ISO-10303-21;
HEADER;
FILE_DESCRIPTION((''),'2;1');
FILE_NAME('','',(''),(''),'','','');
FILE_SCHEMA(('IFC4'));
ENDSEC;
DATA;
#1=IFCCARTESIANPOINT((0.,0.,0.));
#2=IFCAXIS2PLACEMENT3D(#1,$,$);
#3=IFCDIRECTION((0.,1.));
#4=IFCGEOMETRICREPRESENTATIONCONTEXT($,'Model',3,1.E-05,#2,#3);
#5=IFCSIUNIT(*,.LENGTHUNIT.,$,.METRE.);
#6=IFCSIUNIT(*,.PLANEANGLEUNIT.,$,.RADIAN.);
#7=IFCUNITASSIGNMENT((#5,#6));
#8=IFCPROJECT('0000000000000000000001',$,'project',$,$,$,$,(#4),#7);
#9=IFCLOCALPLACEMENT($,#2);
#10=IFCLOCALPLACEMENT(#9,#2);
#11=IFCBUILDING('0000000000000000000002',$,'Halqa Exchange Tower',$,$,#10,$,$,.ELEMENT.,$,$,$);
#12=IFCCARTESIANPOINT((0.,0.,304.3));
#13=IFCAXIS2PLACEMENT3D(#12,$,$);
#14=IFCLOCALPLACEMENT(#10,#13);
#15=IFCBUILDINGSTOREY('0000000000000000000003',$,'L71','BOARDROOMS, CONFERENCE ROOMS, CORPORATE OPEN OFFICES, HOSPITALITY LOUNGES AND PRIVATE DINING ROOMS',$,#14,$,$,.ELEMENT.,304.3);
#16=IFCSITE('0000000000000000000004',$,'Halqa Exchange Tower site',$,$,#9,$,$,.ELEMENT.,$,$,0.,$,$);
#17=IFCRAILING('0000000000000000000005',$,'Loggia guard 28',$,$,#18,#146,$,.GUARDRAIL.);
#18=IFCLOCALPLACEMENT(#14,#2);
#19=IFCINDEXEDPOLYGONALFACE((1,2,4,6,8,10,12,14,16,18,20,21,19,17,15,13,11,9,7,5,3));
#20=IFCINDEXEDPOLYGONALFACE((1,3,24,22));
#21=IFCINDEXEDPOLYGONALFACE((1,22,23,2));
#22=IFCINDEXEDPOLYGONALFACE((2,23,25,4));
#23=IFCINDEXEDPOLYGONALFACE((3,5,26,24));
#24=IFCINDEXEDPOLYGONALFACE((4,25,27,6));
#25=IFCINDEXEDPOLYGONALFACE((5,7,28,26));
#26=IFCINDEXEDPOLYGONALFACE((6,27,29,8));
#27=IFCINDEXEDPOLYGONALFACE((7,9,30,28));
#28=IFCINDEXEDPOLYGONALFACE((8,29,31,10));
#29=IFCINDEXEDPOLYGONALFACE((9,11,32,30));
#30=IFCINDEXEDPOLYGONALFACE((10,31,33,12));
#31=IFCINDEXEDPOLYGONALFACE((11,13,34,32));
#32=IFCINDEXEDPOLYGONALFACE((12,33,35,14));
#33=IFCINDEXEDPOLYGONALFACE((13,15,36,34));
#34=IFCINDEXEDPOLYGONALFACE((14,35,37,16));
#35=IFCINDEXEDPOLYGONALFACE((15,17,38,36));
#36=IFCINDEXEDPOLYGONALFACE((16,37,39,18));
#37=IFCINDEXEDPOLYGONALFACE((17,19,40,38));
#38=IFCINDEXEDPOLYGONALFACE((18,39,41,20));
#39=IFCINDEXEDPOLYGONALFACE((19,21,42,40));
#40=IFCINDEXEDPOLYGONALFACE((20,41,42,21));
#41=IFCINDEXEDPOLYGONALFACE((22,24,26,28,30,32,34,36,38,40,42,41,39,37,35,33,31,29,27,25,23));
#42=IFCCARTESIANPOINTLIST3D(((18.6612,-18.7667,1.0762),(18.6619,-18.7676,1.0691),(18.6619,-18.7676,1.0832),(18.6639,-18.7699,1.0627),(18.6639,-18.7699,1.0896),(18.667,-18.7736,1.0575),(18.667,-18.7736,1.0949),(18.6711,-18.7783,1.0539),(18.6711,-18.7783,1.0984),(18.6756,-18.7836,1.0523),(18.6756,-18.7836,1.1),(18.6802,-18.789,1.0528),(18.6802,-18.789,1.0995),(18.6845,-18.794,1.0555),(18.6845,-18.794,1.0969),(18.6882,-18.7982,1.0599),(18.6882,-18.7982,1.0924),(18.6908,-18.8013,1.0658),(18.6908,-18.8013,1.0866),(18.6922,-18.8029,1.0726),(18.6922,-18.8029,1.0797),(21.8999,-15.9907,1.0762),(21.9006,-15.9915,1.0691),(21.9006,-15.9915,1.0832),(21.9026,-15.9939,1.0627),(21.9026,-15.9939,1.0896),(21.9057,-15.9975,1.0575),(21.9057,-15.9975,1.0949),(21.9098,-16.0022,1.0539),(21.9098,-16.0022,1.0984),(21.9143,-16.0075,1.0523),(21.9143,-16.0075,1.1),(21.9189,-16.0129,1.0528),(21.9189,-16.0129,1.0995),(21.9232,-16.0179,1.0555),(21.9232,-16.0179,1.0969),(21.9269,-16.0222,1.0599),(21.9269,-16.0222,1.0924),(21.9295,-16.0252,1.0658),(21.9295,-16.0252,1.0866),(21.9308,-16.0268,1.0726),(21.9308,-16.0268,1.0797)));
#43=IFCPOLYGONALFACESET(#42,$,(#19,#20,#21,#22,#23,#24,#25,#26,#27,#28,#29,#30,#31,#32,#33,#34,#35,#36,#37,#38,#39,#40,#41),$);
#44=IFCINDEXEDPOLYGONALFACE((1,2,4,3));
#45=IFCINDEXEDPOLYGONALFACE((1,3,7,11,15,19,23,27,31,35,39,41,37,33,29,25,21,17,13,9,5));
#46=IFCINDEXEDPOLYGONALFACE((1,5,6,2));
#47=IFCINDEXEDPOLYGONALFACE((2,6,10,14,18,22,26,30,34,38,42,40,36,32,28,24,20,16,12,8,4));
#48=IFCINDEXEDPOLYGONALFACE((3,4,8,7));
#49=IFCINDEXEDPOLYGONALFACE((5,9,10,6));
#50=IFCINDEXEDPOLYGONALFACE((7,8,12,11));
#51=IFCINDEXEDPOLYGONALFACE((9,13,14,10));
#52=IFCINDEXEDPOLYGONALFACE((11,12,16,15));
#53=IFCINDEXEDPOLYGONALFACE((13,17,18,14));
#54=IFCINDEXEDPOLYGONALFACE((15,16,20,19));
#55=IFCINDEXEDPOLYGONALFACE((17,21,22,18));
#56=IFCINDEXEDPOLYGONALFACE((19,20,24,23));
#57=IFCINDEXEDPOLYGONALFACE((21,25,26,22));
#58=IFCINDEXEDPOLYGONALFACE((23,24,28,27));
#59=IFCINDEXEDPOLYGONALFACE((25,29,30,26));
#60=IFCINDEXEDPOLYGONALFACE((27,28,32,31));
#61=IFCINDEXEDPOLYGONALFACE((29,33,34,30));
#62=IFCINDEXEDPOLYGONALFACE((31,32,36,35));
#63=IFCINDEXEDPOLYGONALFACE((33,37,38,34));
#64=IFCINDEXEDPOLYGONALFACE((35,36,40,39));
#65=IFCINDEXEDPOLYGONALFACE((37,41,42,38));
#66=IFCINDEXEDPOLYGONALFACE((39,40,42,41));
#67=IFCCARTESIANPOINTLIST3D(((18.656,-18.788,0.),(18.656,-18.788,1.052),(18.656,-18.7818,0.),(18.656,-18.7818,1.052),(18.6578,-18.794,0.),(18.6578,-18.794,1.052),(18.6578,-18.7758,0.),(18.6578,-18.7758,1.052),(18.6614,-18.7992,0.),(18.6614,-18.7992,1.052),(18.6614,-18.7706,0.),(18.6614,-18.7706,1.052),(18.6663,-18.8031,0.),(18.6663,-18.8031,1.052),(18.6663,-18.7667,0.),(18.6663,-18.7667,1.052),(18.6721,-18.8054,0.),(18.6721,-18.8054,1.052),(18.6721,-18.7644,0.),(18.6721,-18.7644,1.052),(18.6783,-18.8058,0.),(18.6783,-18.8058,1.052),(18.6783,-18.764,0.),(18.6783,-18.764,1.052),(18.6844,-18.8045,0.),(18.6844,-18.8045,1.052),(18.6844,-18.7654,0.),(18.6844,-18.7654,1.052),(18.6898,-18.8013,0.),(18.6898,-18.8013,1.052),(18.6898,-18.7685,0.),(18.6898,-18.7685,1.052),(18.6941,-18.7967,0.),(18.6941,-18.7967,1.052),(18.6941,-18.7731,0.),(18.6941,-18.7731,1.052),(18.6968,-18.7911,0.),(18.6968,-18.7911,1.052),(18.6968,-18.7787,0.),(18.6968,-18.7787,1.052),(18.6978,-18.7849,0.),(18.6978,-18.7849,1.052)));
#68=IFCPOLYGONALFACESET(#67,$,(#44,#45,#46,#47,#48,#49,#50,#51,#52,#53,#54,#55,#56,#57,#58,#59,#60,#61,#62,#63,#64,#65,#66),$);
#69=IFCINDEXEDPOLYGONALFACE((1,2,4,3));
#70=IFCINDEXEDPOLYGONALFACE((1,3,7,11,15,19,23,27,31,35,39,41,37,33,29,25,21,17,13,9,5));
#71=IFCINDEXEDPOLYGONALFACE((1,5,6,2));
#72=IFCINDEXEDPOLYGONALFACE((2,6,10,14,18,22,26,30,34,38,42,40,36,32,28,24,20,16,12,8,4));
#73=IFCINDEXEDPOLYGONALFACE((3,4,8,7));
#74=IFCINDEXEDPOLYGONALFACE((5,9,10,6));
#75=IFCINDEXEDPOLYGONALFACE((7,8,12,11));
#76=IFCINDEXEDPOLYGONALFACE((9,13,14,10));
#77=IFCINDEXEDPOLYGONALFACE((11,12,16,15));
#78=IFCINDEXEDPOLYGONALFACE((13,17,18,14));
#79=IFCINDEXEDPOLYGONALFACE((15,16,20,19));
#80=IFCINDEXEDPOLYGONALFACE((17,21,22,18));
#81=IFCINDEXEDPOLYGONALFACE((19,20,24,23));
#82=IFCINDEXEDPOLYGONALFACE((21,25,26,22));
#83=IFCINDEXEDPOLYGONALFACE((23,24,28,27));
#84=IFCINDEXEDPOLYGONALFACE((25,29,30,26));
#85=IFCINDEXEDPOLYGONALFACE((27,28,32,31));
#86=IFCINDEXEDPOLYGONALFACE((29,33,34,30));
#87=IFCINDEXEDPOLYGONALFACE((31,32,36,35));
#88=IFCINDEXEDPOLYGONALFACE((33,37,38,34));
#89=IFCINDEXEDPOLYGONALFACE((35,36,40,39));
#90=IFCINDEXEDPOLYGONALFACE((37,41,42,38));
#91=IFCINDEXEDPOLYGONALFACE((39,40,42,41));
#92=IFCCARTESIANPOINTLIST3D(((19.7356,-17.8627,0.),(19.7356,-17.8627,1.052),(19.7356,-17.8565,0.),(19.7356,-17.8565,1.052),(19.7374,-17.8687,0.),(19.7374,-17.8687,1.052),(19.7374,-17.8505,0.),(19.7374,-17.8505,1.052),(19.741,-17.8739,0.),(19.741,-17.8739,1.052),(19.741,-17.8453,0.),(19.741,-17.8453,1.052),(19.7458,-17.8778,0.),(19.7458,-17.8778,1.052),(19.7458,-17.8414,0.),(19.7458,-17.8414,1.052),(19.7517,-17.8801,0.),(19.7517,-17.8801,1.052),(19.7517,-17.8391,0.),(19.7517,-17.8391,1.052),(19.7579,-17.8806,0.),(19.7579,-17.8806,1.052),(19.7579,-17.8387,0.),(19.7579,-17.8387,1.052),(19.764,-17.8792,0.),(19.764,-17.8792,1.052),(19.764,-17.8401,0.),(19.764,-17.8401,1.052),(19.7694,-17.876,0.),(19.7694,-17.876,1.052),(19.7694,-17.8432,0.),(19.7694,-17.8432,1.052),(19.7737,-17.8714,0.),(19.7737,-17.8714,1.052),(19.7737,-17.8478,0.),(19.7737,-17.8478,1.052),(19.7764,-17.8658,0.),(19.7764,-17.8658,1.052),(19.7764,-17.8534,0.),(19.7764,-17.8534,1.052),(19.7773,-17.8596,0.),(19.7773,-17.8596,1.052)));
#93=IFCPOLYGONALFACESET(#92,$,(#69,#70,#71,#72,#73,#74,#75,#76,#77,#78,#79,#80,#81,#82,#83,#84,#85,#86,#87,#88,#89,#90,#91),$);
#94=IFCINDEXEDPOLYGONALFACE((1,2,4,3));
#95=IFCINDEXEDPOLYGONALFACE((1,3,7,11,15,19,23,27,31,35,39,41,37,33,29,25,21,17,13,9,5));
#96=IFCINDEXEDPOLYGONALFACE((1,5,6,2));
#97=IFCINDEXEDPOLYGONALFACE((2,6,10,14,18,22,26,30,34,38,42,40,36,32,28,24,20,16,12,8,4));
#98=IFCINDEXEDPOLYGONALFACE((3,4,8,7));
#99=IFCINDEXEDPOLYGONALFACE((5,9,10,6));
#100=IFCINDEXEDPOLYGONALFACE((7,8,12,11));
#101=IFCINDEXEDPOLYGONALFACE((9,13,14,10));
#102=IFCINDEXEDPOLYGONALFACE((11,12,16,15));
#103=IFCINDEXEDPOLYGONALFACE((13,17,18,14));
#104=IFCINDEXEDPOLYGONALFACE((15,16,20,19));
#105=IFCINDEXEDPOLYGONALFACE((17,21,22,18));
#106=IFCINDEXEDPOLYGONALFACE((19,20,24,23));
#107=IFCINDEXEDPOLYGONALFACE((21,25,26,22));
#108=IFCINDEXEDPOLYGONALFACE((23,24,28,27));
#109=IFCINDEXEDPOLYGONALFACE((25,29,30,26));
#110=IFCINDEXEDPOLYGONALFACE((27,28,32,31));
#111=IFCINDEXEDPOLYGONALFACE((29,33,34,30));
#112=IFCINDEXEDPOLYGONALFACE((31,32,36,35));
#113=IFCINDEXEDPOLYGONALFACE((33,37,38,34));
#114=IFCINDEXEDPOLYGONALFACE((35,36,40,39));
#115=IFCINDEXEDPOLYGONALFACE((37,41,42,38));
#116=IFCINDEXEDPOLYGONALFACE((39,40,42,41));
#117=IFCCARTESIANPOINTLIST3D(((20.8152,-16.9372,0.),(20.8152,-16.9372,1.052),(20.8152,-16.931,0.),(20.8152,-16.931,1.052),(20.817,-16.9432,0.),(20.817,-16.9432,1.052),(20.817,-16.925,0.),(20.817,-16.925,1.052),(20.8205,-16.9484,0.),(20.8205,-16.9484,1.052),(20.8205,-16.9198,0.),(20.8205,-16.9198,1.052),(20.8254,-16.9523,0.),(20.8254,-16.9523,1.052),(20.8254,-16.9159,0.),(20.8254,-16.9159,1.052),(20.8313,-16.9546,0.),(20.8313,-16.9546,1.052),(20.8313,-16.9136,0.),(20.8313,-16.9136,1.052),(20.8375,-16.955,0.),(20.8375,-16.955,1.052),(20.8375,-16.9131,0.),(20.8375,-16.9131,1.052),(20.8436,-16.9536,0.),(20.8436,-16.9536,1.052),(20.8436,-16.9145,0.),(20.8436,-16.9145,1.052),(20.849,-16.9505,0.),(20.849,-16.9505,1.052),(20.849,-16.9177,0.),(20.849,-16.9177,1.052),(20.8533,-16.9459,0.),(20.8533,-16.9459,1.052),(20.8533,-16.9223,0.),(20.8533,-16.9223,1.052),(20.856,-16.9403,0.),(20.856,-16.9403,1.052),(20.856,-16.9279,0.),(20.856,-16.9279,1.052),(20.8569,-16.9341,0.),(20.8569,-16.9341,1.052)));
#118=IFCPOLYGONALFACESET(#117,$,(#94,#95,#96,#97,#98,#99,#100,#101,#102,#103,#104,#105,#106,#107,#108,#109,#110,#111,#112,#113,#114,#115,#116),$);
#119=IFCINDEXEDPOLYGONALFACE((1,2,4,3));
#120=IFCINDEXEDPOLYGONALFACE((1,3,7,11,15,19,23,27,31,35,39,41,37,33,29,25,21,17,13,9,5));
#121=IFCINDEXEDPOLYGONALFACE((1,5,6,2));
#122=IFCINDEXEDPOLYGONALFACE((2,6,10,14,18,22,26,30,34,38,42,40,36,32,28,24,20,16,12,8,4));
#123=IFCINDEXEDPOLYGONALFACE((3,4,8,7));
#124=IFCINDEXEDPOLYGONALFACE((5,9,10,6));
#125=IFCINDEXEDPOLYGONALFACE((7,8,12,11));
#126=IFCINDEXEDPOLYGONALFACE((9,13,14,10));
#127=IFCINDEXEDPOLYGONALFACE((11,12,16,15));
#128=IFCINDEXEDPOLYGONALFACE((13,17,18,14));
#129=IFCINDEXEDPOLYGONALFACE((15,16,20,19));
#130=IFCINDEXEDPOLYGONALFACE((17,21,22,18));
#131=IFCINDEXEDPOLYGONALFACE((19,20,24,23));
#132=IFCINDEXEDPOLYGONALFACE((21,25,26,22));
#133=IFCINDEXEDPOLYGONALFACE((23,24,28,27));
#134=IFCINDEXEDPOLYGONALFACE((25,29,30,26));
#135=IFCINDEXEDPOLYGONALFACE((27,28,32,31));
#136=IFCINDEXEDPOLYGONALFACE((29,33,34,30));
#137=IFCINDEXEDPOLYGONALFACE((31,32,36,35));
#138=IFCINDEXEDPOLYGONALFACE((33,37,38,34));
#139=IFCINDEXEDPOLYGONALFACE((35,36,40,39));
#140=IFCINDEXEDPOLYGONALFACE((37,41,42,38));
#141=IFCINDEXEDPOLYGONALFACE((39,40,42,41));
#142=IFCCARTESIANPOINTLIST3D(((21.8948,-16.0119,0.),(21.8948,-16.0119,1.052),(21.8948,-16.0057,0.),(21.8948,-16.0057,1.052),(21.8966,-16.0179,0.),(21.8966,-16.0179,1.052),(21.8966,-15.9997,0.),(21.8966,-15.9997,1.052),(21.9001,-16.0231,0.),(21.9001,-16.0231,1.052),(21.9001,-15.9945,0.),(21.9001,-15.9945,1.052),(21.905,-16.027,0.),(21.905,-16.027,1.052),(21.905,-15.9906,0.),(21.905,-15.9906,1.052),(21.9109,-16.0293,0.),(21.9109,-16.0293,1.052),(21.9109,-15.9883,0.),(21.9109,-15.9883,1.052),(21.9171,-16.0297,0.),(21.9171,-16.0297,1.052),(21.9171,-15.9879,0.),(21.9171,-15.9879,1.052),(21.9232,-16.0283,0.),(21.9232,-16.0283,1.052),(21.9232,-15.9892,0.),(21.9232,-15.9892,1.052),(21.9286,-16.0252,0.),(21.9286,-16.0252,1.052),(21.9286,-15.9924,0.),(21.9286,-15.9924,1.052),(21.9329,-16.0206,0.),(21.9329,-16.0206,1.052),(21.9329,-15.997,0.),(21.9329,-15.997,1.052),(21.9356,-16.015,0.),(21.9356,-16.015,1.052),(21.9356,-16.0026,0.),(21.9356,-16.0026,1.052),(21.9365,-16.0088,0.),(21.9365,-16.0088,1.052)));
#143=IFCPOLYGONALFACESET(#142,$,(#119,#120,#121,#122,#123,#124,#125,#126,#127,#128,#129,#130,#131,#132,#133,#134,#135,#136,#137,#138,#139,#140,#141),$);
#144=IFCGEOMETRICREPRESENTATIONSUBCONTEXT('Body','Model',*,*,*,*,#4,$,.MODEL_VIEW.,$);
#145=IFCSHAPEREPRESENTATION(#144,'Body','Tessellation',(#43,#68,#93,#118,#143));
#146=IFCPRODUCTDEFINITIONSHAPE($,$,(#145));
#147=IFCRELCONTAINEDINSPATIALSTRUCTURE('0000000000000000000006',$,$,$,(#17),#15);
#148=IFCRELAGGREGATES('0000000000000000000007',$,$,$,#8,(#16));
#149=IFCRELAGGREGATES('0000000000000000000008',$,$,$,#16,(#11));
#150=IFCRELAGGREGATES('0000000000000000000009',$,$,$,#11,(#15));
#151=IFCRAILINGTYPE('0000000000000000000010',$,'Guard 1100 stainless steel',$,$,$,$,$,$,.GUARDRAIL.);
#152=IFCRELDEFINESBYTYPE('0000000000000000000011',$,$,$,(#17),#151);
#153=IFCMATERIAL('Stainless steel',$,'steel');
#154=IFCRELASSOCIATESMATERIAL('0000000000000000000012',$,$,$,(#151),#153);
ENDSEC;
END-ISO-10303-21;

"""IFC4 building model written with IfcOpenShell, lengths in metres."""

from ifc_helpers import new_model, si_unit, direction, frame, origin, origin_2d, place, context, subcontext, project, spatial, circle, extrude, material, type_object, element, save


model = new_model("IFC4")

# Units and contexts
model_context = context("Model", 3, precision=1e-05, world=origin(), true_north=direction((0.0, 1.0)))
body_context = subcontext(model_context, "Body", "Model", "MODEL_VIEW")
ifc_project = project(units=[si_unit("LENGTHUNIT", "METRE"), si_unit("PLANEANGLEUNIT", "RADIAN")], contexts=[model_context])

# Site, building, storey
site_placement = place(None, origin())
site = spatial("IfcSite", under=ifc_project, at=site_placement, Name="Halqa Exchange Tower site", CompositionType="ELEMENT", RefElevation=0.0)
building_placement = place(site_placement, origin())
building = spatial("IfcBuilding", under=site, at=building_placement, Name="Halqa Exchange Tower", CompositionType="ELEMENT")
storey_placement = place(building_placement, frame((0.0, 0.0, 304.3)))
storey = spatial("IfcBuildingStorey", under=building, at=storey_placement, Name="L71", Description="BOARDROOMS, CONFERENCE ROOMS, CORPORATE OPEN OFFICES, HOSPITALITY LOUNGES AND PRIVATE DINING ROOMS", CompositionType="ELEMENT", Elevation=304.3)

# Railing
ifc_material_1 = material(Name="Stainless steel", Category="steel")
railing_type = type_object("IfcRailingType", Name="Guard 1100 stainless steel", PredefinedType="GUARDRAIL", material=ifc_material_1)
railing_1_placement = place(storey_placement, frame((18.6768, -18.7849, 0.0)))
element("IfcRailing", 1, at=railing_1_placement, inside=storey, type_object=railing_type, Name="Loggia guard 28", PredefinedType="GUARDRAIL", context=body_context, shape_type="SweptSolid", body=[
    extrude(circle(Radius=0.0239, at=origin_2d()), frame((0.0, 0.0, 1.0762), z_axis=(0.759253, 0.650796, 0.0), x_axis=(-0.650796, 0.759253, 0.0)), (0.0, 0.0, 1.0), 4.2656),
    extrude(circle(Radius=0.021, at=origin_2d()), origin(), (0.0, 0.0, 1.0), 1.052),
    extrude(circle(Radius=0.021, at=origin_2d()), frame((1.0796, 0.9253, 0.0)), (0.0, 0.0, 1.0), 1.052),
    extrude(circle(Radius=0.021, at=origin_2d()), frame((2.1592, 1.8508, 0.0)), (0.0, 0.0, 1.0), 1.052),
    extrude(circle(Radius=0.021, at=origin_2d()), frame((3.2388, 2.7761, 0.0)), (0.0, 0.0, 1.0), 1.052),
])

save(model, "model.ifc")
